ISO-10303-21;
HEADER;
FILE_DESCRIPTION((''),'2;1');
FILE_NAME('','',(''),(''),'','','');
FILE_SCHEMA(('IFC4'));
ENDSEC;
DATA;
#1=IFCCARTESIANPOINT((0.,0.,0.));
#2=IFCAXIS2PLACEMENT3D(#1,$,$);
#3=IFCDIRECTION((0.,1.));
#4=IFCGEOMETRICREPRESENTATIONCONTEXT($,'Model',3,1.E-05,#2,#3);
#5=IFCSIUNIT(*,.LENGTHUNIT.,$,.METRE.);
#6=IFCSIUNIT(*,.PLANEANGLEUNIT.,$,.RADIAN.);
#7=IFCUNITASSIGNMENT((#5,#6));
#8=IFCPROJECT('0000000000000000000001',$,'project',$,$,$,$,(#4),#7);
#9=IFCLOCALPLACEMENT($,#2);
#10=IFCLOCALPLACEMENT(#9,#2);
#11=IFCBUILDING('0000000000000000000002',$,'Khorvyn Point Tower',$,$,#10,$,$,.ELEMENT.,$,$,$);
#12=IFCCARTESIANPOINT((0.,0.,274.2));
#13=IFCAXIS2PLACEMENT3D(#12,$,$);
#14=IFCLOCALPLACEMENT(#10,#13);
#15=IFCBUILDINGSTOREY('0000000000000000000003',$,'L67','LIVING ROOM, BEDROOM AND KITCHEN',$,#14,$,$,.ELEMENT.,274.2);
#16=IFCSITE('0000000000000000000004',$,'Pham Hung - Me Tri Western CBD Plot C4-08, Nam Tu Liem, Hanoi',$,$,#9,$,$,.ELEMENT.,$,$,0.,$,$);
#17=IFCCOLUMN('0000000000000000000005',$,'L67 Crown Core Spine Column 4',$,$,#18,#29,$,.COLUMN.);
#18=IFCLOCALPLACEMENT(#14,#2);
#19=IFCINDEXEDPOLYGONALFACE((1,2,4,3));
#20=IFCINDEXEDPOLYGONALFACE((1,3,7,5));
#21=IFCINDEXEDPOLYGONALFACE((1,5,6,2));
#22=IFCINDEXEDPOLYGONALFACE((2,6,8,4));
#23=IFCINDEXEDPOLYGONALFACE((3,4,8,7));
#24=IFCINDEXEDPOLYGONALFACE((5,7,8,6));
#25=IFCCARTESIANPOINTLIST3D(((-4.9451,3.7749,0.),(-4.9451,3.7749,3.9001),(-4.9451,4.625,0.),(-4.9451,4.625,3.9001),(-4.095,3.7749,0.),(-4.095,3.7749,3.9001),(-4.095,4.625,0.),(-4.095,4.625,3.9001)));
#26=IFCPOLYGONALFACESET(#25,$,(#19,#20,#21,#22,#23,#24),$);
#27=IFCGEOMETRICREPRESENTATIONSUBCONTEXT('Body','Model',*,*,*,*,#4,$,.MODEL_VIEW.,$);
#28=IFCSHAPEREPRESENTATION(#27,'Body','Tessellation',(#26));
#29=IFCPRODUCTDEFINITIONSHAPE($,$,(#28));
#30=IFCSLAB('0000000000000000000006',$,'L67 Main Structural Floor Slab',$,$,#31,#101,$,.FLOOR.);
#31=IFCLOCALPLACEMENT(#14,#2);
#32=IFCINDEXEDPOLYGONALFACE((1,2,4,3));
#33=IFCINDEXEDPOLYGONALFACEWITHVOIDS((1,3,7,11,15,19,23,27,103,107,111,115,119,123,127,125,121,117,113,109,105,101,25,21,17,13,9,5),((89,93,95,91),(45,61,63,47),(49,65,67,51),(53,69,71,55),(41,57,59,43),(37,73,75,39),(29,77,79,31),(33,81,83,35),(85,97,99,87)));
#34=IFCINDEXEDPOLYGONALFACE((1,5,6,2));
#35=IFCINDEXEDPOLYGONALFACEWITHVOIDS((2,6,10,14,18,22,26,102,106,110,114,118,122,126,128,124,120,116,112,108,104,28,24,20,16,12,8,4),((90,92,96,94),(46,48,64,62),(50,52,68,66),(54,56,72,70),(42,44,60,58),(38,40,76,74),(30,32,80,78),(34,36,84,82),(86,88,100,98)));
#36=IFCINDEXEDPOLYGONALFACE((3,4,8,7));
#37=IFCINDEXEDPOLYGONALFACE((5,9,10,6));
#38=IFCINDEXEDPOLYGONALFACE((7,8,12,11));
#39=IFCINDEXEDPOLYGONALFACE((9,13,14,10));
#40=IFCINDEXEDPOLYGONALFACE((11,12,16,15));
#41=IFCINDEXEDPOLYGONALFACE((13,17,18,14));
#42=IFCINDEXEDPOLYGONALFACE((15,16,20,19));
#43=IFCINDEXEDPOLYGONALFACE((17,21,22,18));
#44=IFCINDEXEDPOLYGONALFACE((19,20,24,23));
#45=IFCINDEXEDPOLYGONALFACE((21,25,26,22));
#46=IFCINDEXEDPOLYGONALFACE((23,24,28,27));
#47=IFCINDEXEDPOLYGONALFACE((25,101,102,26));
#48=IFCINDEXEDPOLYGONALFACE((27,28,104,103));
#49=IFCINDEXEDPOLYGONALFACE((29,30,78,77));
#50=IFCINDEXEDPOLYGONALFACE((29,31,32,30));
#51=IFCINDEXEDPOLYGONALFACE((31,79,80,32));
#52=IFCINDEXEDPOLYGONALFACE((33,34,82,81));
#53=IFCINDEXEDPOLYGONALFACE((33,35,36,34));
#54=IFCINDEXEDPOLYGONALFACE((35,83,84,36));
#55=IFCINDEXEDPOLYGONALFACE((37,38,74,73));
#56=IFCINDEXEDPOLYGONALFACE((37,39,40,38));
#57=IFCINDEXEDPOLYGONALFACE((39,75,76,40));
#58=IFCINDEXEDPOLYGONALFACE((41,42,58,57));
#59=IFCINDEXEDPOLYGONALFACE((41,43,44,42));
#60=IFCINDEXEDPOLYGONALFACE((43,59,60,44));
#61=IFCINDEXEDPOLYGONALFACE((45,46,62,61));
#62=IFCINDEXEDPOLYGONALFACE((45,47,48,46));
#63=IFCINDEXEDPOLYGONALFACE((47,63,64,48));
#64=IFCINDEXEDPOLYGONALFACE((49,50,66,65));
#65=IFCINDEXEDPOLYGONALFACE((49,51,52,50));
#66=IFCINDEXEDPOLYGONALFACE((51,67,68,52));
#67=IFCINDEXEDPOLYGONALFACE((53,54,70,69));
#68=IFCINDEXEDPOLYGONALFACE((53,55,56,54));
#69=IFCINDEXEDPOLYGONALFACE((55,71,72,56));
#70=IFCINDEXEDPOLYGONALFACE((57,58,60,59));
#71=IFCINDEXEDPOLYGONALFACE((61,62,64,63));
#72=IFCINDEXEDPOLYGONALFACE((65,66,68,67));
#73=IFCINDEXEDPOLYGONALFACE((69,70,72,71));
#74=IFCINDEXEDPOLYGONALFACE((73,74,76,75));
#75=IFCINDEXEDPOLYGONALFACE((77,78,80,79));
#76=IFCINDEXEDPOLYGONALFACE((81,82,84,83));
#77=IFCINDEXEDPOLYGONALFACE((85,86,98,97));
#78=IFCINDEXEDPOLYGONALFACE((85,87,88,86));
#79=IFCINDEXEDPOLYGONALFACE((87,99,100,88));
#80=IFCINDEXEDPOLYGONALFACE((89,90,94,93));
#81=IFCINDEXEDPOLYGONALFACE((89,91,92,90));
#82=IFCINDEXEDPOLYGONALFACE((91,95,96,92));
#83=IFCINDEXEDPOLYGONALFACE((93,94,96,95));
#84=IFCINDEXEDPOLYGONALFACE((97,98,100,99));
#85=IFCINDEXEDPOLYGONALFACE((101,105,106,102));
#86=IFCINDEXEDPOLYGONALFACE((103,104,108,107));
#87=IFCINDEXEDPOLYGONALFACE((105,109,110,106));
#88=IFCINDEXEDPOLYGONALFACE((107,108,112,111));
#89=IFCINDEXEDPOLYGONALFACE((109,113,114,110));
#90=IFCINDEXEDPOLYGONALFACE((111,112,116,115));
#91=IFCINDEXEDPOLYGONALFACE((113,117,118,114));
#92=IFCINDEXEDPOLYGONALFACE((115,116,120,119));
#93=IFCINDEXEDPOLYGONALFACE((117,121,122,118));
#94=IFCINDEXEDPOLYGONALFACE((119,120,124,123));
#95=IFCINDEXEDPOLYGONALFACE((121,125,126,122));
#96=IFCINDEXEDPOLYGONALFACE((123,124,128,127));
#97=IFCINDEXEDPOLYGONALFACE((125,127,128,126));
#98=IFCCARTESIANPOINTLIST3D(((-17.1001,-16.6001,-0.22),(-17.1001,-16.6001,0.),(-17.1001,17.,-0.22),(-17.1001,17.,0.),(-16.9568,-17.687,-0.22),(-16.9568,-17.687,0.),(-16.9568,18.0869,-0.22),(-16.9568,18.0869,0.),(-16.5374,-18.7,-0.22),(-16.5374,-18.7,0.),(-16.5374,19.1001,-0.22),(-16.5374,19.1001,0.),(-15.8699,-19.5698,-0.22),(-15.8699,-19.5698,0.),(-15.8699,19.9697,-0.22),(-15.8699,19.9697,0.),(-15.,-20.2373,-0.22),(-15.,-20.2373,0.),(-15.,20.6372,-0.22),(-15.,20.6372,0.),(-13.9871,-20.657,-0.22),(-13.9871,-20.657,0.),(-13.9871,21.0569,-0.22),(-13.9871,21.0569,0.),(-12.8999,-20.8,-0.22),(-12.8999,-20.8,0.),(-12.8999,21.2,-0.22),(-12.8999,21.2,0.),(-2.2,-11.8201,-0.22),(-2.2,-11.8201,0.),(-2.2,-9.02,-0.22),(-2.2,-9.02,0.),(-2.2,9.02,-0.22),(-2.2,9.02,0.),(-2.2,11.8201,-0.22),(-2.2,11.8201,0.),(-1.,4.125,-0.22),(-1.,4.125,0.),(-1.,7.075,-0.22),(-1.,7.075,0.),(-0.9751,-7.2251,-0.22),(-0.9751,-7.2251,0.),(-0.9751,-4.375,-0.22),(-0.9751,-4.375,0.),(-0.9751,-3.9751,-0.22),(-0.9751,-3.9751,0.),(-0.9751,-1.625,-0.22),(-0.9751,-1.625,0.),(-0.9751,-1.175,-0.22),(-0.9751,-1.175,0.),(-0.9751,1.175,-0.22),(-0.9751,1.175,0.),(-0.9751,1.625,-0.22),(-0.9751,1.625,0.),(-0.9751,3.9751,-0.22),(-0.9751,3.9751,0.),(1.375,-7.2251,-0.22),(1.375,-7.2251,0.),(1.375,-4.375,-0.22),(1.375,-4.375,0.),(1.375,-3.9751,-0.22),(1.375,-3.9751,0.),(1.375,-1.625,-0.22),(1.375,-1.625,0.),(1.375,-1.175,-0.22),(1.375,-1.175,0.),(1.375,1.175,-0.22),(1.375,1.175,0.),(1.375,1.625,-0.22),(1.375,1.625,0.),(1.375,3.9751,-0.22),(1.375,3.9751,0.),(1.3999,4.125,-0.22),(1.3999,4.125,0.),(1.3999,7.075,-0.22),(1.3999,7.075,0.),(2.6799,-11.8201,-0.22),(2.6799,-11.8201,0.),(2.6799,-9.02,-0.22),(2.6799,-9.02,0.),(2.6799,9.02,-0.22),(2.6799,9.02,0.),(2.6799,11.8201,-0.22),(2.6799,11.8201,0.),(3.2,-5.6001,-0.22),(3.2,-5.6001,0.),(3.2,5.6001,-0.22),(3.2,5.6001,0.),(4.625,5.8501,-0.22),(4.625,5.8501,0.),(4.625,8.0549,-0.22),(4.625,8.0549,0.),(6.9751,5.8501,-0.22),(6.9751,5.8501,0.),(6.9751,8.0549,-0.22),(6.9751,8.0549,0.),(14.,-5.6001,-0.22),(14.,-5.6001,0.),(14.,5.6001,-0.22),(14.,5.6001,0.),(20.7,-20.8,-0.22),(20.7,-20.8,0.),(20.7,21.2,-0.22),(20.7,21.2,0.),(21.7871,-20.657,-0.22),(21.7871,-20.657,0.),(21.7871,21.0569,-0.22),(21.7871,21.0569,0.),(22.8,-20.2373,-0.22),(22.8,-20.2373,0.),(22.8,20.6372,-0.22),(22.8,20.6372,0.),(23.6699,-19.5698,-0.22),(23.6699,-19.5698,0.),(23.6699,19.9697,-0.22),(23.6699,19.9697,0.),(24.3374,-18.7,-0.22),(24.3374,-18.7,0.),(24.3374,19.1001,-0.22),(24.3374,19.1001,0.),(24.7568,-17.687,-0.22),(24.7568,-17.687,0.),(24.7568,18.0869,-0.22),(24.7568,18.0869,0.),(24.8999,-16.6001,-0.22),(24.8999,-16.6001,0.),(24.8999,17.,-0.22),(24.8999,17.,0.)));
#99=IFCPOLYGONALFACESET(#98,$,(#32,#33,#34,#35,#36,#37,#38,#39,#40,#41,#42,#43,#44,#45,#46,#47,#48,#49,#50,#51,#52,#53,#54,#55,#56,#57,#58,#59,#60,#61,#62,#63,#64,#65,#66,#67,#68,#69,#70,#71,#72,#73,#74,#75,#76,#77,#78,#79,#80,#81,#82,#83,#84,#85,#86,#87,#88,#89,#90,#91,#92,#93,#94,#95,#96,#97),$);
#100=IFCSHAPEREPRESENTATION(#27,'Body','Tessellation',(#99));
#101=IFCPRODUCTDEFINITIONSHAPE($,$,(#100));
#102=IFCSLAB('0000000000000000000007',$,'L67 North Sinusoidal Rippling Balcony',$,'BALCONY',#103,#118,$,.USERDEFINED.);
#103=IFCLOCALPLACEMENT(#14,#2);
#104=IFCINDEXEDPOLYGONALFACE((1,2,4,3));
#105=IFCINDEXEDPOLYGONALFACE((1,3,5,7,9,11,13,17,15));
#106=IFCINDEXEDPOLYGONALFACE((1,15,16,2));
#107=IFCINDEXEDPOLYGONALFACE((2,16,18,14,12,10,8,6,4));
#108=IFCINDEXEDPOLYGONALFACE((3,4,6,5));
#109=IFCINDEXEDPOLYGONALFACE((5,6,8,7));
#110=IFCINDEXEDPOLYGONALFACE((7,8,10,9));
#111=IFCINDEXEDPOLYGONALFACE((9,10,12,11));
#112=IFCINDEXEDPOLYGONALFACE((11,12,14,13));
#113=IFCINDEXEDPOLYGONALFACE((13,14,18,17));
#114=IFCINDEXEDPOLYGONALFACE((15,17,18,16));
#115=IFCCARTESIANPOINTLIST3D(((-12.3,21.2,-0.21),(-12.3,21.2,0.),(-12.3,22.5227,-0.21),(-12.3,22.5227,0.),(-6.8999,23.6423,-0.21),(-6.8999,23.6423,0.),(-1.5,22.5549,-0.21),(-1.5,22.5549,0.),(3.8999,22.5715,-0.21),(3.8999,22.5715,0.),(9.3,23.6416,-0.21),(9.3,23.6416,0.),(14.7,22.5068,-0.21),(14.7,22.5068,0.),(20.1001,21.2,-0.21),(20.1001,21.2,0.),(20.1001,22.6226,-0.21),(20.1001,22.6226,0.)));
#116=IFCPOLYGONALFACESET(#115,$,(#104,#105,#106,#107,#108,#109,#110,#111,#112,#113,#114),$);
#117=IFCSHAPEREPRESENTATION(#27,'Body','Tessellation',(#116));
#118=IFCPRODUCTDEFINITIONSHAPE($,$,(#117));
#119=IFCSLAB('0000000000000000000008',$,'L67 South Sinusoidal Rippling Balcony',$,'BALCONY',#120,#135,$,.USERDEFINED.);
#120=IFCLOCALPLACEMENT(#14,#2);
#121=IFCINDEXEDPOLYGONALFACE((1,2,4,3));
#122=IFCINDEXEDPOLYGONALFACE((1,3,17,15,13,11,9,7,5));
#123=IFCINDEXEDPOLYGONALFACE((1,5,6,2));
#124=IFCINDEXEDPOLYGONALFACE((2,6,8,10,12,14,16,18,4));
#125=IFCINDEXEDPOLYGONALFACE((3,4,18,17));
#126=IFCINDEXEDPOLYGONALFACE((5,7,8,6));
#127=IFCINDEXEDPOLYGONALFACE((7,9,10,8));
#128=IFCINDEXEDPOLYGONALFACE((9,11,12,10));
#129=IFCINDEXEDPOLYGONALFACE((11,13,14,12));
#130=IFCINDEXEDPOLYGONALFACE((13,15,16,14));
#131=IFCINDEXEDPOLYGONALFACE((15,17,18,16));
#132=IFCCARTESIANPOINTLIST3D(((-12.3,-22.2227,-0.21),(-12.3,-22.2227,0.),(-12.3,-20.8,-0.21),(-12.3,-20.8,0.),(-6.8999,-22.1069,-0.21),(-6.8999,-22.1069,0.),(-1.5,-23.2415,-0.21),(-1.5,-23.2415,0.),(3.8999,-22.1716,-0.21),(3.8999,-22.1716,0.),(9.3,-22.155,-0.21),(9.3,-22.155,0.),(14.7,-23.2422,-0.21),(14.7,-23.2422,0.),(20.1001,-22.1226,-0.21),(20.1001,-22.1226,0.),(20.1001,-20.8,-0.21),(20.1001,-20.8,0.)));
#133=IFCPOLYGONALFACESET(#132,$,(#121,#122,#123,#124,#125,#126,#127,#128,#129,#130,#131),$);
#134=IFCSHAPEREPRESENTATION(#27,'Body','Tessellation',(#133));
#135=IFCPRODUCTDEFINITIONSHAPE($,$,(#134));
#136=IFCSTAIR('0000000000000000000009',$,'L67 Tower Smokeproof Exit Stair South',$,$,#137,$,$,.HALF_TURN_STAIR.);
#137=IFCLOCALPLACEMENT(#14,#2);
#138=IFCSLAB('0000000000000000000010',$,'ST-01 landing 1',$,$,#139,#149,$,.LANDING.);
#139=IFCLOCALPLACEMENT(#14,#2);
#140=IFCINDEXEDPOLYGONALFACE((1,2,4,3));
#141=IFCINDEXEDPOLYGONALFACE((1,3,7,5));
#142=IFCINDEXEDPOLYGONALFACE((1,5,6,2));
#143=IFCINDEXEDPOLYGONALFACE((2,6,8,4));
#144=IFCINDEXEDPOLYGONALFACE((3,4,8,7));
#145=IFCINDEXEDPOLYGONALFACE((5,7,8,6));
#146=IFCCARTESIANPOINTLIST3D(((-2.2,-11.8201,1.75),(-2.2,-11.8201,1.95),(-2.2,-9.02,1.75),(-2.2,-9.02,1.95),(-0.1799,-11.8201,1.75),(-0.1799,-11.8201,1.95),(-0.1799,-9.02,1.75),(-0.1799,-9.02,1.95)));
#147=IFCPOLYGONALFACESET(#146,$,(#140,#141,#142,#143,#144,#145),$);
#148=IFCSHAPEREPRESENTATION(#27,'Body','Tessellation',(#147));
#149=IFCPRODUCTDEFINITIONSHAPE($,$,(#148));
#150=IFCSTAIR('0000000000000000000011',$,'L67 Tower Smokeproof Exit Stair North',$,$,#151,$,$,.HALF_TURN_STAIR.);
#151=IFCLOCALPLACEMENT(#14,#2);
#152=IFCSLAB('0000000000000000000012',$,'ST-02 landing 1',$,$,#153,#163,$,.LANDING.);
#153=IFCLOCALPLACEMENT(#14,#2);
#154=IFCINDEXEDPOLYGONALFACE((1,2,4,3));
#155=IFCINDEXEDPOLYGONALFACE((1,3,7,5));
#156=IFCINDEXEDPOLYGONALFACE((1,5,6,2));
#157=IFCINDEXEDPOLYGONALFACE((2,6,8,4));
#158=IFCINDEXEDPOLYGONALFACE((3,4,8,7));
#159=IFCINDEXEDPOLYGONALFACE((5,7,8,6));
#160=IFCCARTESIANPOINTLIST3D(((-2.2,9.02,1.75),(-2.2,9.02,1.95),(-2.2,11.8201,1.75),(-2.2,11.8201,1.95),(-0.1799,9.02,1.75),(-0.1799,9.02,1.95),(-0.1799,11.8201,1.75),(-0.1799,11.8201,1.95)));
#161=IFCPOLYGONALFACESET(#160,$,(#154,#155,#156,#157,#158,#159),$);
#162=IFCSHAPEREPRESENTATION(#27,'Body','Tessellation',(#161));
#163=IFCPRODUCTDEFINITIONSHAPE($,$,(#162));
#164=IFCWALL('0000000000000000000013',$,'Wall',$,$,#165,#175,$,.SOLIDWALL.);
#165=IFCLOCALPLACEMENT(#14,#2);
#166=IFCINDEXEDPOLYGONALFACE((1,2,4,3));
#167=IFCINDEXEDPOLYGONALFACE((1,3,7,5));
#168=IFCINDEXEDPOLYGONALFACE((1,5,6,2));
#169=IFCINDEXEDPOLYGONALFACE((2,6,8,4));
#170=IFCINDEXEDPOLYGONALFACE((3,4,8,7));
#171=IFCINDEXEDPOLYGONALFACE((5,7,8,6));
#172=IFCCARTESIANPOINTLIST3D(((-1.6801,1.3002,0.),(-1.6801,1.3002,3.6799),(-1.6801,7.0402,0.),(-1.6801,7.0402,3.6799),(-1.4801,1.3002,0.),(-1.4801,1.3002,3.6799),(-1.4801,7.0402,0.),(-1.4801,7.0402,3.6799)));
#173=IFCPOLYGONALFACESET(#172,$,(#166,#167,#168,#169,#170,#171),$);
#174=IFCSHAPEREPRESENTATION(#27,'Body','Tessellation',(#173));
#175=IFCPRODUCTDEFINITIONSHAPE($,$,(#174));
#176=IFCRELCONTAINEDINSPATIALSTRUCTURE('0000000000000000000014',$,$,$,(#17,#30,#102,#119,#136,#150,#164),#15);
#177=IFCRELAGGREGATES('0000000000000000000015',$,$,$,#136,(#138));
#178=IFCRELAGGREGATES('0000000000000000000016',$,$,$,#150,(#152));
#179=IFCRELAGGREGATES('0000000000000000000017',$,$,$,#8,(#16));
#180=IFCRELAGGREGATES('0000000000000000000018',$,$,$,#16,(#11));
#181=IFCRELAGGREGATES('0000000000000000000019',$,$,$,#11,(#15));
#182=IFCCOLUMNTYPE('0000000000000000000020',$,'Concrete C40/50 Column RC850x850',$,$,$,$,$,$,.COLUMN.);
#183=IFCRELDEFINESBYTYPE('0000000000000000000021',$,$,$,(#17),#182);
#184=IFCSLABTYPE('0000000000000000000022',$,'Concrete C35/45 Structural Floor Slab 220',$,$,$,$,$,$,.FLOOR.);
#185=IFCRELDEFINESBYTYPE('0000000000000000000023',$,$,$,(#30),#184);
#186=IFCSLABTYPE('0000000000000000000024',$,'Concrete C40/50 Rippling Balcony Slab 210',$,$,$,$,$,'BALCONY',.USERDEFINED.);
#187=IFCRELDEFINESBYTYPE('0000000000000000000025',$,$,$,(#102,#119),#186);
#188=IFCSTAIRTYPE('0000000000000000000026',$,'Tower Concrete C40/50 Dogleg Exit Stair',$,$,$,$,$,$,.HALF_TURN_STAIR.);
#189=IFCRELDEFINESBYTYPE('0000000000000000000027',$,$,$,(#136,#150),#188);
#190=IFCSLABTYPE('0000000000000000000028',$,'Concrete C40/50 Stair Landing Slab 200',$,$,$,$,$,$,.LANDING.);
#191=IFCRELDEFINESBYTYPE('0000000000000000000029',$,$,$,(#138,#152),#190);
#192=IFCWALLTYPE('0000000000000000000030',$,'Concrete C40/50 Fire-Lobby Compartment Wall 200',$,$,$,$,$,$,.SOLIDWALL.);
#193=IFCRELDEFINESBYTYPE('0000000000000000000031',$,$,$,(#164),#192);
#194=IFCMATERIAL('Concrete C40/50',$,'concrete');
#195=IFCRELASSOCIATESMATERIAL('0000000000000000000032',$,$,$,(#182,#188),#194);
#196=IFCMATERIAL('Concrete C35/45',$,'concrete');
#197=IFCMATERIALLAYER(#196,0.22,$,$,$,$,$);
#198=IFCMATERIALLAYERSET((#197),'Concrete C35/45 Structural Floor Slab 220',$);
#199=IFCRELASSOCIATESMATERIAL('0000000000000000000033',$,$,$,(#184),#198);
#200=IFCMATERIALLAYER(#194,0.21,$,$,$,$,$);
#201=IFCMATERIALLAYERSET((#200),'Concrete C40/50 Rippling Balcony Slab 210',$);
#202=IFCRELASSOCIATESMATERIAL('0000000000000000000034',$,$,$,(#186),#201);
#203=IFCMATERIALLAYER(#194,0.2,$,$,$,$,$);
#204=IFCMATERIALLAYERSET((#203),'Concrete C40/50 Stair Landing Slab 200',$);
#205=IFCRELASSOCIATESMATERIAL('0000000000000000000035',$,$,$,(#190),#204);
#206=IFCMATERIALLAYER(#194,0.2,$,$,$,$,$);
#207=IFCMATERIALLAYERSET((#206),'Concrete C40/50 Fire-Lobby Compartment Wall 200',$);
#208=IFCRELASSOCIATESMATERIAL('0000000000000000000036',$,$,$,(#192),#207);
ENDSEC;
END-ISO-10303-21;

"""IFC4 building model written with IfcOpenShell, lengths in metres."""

from ifc_helpers import new_model, si_unit, direction, frame, frame_2d, origin, origin_2d, place, context, subcontext, project, spatial, polyline, rectangle, outline, extrude, material, layer, layer_set, material_profile, profile_set, type_object, element, aggregate, save


model = new_model("IFC4")

# Units and contexts
model_context = context("Model", 3, precision=1e-05, world=origin(), true_north=direction((0.0, 1.0)))
body_context = subcontext(model_context, "Body", "Model", "MODEL_VIEW")
ifc_project = project(units=[si_unit("LENGTHUNIT", "METRE"), si_unit("PLANEANGLEUNIT", "RADIAN")], contexts=[model_context])

# Site, building, storey
site_placement = place(None, origin())
site = spatial("IfcSite", under=ifc_project, at=site_placement, Name="Pham Hung - Me Tri Western CBD Plot C4-08, Nam Tu Liem, Hanoi", CompositionType="ELEMENT", RefElevation=0.0)
building_placement = place(site_placement, origin())
building = spatial("IfcBuilding", under=site, at=building_placement, Name="Khorvyn Point Tower", CompositionType="ELEMENT")
storey_placement = place(building_placement, frame((0.0, 0.0, 274.2)))
storey = spatial("IfcBuildingStorey", under=building, at=storey_placement, Name="L67", Description="LIVING ROOM, BEDROOM AND KITCHEN", CompositionType="ELEMENT", Elevation=274.2)

# Column
ifc_material_1 = material(Name="Concrete C40/50", Category="concrete")
ifc_material_profile = material_profile(ifc_material_1, rectangle(XDim=0.8501, YDim=0.8501, at=origin_2d()))
ifc_profile_set = profile_set([ifc_material_profile], Name="Concrete C40/50 RC850x850")
column_type = type_object("IfcColumnType", Name="Concrete C40/50 Column RC850x850", PredefinedType="COLUMN", material=ifc_profile_set)
column_placement = place(storey_placement, frame((-4.52, 4.2, 0.0), z_axis=(0.0, 0.0, 1.0), x_axis=(1.0, 0.0, 0.0)))
element("IfcColumn", 1, at=column_placement, inside=storey, type_object=column_type, Name="L67 Crown Core Spine Column 4", PredefinedType="COLUMN", context=body_context, shape_type="SweptSolid", body=[
    extrude(rectangle(XDim=0.8501, YDim=0.8501, at=origin_2d()), origin(), (0.0, 0.0, 1.0), 3.9001),
])

# Slabs
ifc_material_2 = material(Name="Concrete C35/45", Category="concrete")
ifc_layer_1 = layer(ifc_material_2, 0.22)
ifc_layer_set_1 = layer_set([ifc_layer_1], Name="Concrete C35/45 Structural Floor Slab 220")
slab_type_1 = type_object("IfcSlabType", Name="Concrete C35/45 Structural Floor Slab 220", PredefinedType="FLOOR", material=ifc_layer_set_1)
slab_1_placement = place(storey_placement, frame((0.0, 0.0, -0.22)))
element("IfcSlab", 2, at=slab_1_placement, inside=storey, type_object=slab_type_1, Name="L67 Main Structural Floor Slab", PredefinedType="FLOOR", context=body_context, shape_type="SweptSolid", body=[
    extrude(outline(polyline([(-12.8999, -20.8), (-13.9871, -20.657), (-15.0, -20.2373), (-15.8699, -19.5698), (-16.5374, -18.7), (-16.9568, -17.687), (-17.1001, -16.6001), (-17.1001, 17.0), (-16.9568, 18.0869), (-16.5374, 19.1001), (-15.8699, 19.9697), (-15.0, 20.6372), (-13.9871, 21.0569), (-12.8999, 21.2), (20.7, 21.2), (21.7871, 21.0569), (22.8, 20.6372), (23.6699, 19.9697), (24.3374, 19.1001), (24.7568, 18.0869), (24.8999, 17.0), (24.8999, -16.6001), (24.7568, -17.687), (24.3374, -18.7), (23.6699, -19.5698), (22.8, -20.2373), (21.7871, -20.657), (20.7, -20.8), (-12.8999, -20.8)]), holes=[polyline([(2.6799, -11.8201), (2.6799, -9.02), (-2.2, -9.02), (-2.2, -11.8201), (2.6799, -11.8201)]), polyline([(1.375, -7.2251), (1.375, -4.375), (-0.9751, -4.375), (-0.9751, -7.2251), (1.375, -7.2251)]), polyline([(1.375, -3.9751), (1.375, -1.625), (-0.9751, -1.625), (-0.9751, -3.9751), (1.375, -3.9751)]), polyline([(1.375, -1.175), (1.375, 1.175), (-0.9751, 1.175), (-0.9751, -1.175), (1.375, -1.175)]), polyline([(14.0, -5.6001), (14.0, 5.6001), (3.2, 5.6001), (3.2, -5.6001), (14.0, -5.6001)]), polyline([(1.375, 1.625), (1.375, 3.9751), (-0.9751, 3.9751), (-0.9751, 1.625), (1.375, 1.625)]), polyline([(1.3999, 4.125), (1.3999, 7.075), (-1.0, 7.075), (-1.0, 4.125), (1.3999, 4.125)]), polyline([(4.625, 5.8501), (6.9751, 5.8501), (6.9751, 8.0549), (4.625, 8.0549), (4.625, 5.8501)]), polyline([(-2.2, 9.02), (2.6799, 9.02), (2.6799, 11.8201), (-2.2, 11.8201), (-2.2, 9.02)])]), origin(), (0.0, 0.0, 1.0), 0.22),
])
ifc_layer_2 = layer(ifc_material_1, 0.21)
ifc_layer_set_2 = layer_set([ifc_layer_2], Name="Concrete C40/50 Rippling Balcony Slab 210")
slab_type_2 = type_object("IfcSlabType", Name="Concrete C40/50 Rippling Balcony Slab 210", ElementType="BALCONY", PredefinedType="USERDEFINED", material=ifc_layer_set_2)
slab_2_placement = place(storey_placement, frame((0.0, 0.0, -0.21)))
element("IfcSlab", 3, at=slab_2_placement, inside=storey, type_object=slab_type_2, Name="L67 North Sinusoidal Rippling Balcony", ObjectType="BALCONY", PredefinedType="USERDEFINED", context=body_context, shape_type="SweptSolid", body=[
    extrude(outline(polyline([(20.1001, 21.2), (20.1001, 22.6226), (14.7, 22.5068), (9.3, 23.6416), (3.8999, 22.5715), (-1.5, 22.5549), (-6.8999, 23.6423), (-12.3, 22.5227), (-12.3, 21.2), (20.1001, 21.2)])), origin(), (0.0, 0.0, 1.0), 0.21),
])
slab_3_placement = place(storey_placement, frame((0.0, 0.0, -0.21)))
element("IfcSlab", 4, at=slab_3_placement, inside=storey, type_object=slab_type_2, Name="L67 South Sinusoidal Rippling Balcony", ObjectType="BALCONY", PredefinedType="USERDEFINED", context=body_context, shape_type="SweptSolid", body=[
    extrude(outline(polyline([(-12.3, -20.8), (-12.3, -22.2227), (-6.8999, -22.1069), (-1.5, -23.2415), (3.8999, -22.1716), (9.3, -22.155), (14.7, -23.2422), (20.1001, -22.1226), (20.1001, -20.8), (-12.3, -20.8)])), origin(), (0.0, 0.0, 1.0), 0.21),
])

# Stairs, slabs
stair_type = type_object("IfcStairType", Name="Tower Concrete C40/50 Dogleg Exit Stair", PredefinedType="HALF_TURN_STAIR", material=ifc_material_1)
stair_1_placement = place(storey_placement, origin())
stair_1 = element("IfcStair", 5, at=stair_1_placement, inside=storey, type_object=stair_type, Name="L67 Tower Smokeproof Exit Stair South", PredefinedType="HALF_TURN_STAIR")
ifc_layer_3 = layer(ifc_material_1, 0.2)
ifc_layer_set_3 = layer_set([ifc_layer_3], Name="Concrete C40/50 Stair Landing Slab 200")
slab_type_3 = type_object("IfcSlabType", Name="Concrete C40/50 Stair Landing Slab 200", PredefinedType="LANDING", material=ifc_layer_set_3)
slab_4_placement = place(storey_placement, frame((0.0, 0.0, 1.75)))
slab_4 = element("IfcSlab", 6, at=slab_4_placement, type_object=slab_type_3, Name="ST-01 landing 1", PredefinedType="LANDING", context=body_context, shape_type="SweptSolid", body=[
    extrude(outline(polyline([(-0.1799, -9.02), (-2.2, -9.02), (-2.2, -11.8201), (-0.1799, -11.8201), (-0.1799, -9.02)])), origin(), (0.0, 0.0, 1.0), 0.2),
])
aggregate(stair_1, [slab_4])
stair_2_placement = place(storey_placement, origin())
stair_2 = element("IfcStair", 7, at=stair_2_placement, inside=storey, type_object=stair_type, Name="L67 Tower Smokeproof Exit Stair North", PredefinedType="HALF_TURN_STAIR")
slab_5_placement = place(storey_placement, frame((0.0, 0.0, 1.75)))
slab_5 = element("IfcSlab", 8, at=slab_5_placement, type_object=slab_type_3, Name="ST-02 landing 1", PredefinedType="LANDING", context=body_context, shape_type="SweptSolid", body=[
    extrude(outline(polyline([(-0.1799, 11.8201), (-2.2, 11.8201), (-2.2, 9.02), (-0.1799, 9.02), (-0.1799, 11.8201)])), origin(), (0.0, 0.0, 1.0), 0.2),
])
aggregate(stair_2, [slab_5])

# Wall
ifc_layer_4 = layer(ifc_material_1, 0.2)
ifc_layer_set_4 = layer_set([ifc_layer_4], Name="Concrete C40/50 Fire-Lobby Compartment Wall 200")
wall_type_1 = type_object("IfcWallType", Name="Concrete C40/50 Fire-Lobby Compartment Wall 200", PredefinedType="SOLIDWALL", material=ifc_layer_set_4)
wall_1_placement = place(storey_placement, frame((-1.5801, 1.3, 0.0), z_axis=(0.0, 0.0, 1.0), x_axis=(0.0, 1.0, 0.0)))
element("IfcWall", 9, at=wall_1_placement, inside=storey, type_object=wall_type_1, Name="Wall", PredefinedType="SOLIDWALL", context=body_context, shape_type="SweptSolid", body=[
    extrude(rectangle(XDim=5.74, YDim=0.2, at=frame_2d((2.8701, 0.0))), origin(), (0.0, 0.0, 1.0), 3.6799),
])

save(model, "model.ifc")
